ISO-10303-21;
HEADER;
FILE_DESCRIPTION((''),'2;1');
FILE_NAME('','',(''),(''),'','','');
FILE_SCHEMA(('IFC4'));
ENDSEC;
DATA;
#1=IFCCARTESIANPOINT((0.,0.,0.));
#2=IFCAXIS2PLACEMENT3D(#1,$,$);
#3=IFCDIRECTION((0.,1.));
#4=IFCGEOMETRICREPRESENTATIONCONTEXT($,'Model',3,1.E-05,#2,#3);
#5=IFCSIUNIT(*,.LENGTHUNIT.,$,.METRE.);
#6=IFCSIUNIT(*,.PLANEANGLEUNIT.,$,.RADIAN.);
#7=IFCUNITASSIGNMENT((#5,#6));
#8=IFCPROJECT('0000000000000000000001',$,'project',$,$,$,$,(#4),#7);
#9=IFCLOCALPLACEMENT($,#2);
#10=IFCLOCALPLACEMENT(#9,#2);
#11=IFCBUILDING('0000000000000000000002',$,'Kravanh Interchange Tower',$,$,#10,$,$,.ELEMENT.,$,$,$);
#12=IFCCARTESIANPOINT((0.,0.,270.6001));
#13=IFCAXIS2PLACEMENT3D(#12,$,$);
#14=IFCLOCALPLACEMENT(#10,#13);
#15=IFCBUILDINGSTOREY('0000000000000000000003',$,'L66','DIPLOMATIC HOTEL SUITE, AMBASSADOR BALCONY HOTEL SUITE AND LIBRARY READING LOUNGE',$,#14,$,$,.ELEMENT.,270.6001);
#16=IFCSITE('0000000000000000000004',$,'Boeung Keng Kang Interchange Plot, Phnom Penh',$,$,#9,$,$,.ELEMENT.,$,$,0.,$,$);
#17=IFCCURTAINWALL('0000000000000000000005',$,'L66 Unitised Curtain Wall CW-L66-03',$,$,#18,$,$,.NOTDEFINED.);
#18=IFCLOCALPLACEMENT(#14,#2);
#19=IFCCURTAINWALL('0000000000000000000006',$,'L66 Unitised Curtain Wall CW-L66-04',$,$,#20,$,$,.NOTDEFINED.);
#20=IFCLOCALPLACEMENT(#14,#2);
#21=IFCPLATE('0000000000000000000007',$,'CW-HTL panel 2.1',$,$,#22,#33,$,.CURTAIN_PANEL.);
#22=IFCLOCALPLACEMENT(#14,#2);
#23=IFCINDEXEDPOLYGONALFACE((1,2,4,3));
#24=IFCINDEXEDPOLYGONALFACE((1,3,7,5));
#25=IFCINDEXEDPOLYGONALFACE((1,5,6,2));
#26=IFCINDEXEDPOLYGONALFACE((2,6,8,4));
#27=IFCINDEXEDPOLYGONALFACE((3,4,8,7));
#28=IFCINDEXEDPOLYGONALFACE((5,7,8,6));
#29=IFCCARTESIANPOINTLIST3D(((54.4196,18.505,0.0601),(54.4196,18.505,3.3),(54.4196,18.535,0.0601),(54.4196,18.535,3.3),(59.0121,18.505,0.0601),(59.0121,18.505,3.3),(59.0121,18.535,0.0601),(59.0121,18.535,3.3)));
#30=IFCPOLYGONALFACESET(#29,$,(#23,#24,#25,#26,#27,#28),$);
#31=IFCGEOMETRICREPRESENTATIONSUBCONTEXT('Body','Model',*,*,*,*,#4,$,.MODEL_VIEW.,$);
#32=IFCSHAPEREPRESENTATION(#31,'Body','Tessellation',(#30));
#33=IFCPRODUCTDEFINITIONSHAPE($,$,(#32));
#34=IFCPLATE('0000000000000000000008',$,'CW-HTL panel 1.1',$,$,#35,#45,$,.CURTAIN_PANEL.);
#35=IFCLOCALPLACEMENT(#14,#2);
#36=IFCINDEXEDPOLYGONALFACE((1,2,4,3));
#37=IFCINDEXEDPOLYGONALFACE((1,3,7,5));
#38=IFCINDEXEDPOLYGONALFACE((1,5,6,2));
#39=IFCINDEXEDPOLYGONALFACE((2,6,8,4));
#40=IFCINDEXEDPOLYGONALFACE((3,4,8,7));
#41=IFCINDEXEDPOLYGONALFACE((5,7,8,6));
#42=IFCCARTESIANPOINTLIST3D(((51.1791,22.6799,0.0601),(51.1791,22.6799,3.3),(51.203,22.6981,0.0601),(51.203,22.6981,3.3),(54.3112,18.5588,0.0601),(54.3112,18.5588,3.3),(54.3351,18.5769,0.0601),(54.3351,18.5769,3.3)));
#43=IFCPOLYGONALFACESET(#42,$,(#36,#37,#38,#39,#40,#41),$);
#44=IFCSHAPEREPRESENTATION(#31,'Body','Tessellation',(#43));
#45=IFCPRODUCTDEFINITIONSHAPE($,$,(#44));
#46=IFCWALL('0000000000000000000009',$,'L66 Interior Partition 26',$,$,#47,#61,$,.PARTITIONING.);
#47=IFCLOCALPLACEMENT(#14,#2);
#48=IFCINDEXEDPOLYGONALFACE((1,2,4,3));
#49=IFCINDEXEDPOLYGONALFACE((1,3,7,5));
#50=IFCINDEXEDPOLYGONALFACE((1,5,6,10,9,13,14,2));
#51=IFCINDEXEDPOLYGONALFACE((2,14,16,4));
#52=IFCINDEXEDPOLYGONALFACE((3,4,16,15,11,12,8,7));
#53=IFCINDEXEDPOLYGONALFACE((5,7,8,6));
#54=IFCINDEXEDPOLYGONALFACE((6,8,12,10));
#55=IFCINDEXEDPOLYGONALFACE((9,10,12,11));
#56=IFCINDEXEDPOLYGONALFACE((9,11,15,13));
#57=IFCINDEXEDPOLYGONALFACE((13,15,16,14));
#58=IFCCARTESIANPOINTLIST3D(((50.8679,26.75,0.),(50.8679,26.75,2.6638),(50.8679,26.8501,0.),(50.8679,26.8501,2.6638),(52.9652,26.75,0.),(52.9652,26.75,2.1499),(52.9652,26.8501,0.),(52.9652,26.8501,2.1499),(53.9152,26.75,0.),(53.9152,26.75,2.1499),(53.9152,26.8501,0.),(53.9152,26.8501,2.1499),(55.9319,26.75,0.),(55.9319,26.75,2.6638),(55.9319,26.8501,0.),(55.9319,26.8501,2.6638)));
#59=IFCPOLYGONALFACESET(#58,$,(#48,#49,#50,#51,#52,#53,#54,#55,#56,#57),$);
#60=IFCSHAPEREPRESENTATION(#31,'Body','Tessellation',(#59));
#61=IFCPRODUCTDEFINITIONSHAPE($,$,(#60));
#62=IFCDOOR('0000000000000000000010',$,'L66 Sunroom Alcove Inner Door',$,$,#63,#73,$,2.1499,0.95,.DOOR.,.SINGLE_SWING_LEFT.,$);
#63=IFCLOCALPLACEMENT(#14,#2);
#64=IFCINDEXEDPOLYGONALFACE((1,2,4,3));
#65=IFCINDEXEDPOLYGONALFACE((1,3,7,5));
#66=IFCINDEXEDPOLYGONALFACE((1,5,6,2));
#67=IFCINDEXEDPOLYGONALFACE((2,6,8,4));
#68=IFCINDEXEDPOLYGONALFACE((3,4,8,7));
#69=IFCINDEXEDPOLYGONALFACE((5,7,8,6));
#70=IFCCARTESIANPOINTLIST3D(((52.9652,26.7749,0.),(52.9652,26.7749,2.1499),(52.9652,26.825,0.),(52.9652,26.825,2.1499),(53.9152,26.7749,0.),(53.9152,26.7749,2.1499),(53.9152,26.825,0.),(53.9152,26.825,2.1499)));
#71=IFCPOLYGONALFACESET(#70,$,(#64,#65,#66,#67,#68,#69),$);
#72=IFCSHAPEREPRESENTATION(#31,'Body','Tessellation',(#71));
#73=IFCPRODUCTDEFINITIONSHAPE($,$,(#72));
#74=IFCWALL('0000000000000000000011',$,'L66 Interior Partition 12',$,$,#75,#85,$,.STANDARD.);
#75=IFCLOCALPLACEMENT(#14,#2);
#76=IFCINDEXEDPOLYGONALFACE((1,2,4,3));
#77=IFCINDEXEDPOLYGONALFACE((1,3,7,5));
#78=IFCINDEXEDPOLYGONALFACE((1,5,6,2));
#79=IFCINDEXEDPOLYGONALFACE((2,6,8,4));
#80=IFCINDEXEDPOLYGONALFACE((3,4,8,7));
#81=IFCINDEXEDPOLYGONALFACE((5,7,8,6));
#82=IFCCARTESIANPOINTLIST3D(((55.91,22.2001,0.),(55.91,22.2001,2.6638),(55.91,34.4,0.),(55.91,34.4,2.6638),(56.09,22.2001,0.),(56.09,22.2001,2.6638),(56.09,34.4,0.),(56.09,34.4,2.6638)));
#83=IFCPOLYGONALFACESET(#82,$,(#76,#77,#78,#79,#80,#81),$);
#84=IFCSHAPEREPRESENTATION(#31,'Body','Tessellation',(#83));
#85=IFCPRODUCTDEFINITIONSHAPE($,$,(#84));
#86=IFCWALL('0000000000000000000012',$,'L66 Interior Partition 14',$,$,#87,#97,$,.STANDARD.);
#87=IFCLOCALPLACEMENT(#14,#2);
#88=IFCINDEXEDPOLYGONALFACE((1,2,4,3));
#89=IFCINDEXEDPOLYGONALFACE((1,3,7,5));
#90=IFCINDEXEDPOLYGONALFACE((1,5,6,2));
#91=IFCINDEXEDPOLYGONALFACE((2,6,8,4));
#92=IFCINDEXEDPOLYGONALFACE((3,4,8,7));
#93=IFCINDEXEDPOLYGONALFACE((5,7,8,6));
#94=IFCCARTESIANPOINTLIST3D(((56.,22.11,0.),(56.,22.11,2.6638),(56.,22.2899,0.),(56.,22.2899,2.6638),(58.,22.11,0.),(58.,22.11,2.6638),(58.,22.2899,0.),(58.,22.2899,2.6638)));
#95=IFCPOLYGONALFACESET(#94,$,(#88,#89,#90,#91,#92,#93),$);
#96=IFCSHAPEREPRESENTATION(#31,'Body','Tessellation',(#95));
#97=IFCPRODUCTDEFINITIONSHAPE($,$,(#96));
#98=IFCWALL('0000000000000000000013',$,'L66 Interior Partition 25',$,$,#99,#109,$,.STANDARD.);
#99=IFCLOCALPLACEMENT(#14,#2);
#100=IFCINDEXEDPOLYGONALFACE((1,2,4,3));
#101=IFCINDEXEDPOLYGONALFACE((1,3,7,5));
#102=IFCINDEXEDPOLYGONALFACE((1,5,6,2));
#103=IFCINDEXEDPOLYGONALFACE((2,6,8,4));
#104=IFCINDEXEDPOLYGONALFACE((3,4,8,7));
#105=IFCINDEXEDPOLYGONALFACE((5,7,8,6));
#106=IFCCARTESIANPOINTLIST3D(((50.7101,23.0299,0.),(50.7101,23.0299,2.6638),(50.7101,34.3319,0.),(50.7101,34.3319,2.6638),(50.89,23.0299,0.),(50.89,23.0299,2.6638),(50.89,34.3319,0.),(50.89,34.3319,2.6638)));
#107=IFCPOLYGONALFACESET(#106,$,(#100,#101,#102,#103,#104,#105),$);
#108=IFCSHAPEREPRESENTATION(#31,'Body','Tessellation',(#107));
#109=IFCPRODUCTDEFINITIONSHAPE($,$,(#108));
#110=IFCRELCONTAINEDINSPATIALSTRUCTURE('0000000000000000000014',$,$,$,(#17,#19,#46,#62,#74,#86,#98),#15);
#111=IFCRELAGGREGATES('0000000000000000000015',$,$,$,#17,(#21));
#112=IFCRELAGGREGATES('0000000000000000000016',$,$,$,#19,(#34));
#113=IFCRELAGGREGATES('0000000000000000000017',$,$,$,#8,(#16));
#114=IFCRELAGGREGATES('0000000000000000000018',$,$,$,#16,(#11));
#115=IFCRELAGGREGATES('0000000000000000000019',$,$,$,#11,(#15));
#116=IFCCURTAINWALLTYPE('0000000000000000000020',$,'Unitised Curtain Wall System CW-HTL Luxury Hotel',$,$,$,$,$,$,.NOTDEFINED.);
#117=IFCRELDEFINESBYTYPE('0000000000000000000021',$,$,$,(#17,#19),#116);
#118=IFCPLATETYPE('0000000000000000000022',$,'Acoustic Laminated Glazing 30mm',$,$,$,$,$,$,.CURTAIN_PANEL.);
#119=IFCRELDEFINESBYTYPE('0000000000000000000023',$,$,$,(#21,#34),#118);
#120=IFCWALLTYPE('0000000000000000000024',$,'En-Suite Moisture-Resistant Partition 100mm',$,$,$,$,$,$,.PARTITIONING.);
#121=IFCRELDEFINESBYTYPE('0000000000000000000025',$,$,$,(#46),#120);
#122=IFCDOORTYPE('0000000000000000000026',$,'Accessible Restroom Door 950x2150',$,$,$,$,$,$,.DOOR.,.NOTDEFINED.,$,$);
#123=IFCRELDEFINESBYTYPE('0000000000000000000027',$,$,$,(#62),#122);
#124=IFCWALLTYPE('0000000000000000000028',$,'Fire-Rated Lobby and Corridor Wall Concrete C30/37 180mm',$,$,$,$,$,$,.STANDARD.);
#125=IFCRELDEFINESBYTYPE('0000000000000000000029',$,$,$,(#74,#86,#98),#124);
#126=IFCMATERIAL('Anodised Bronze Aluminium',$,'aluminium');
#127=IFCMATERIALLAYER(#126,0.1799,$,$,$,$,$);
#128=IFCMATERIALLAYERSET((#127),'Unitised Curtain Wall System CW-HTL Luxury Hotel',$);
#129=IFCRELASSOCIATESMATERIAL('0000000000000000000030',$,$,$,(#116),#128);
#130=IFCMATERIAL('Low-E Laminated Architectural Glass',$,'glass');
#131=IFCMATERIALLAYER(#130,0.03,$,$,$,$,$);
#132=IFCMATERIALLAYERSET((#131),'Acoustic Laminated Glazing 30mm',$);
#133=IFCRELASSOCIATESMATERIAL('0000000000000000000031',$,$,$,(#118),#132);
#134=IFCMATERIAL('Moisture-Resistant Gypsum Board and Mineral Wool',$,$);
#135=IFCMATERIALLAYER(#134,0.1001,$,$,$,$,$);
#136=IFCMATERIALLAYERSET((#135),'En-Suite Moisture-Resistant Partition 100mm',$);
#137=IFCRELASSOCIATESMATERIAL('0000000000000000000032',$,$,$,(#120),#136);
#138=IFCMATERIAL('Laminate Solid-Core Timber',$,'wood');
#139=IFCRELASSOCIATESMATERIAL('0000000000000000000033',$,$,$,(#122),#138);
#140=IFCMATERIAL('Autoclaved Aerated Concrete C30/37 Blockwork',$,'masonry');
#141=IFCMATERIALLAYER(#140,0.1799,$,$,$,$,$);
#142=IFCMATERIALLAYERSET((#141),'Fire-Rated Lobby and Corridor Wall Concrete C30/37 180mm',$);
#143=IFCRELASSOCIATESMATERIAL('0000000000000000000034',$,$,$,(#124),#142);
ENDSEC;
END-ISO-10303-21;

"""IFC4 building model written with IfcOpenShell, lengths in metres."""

from ifc_helpers import new_model, si_unit, direction, frame, frame_2d, origin, origin_2d, place, context, subcontext, project, spatial, rectangle, extrude, material, layer, layer_set, type_object, element, fill, aggregate, save


model = new_model("IFC4")

# Units and contexts
model_context = context("Model", 3, precision=1e-05, world=origin(), true_north=direction((0.0, 1.0)))
body_context = subcontext(model_context, "Body", "Model", "MODEL_VIEW")
ifc_project = project(units=[si_unit("LENGTHUNIT", "METRE"), si_unit("PLANEANGLEUNIT", "RADIAN")], contexts=[model_context])

# Site, building, storey
site_placement = place(None, origin())
site = spatial("IfcSite", under=ifc_project, at=site_placement, Name="Boeung Keng Kang Interchange Plot, Phnom Penh", CompositionType="ELEMENT", RefElevation=0.0)
building_placement = place(site_placement, origin())
building = spatial("IfcBuilding", under=site, at=building_placement, Name="Kravanh Interchange Tower", CompositionType="ELEMENT")
storey_placement = place(building_placement, frame((0.0, 0.0, 270.6001)))
storey = spatial("IfcBuildingStorey", under=building, at=storey_placement, Name="L66", Description="DIPLOMATIC HOTEL SUITE, AMBASSADOR BALCONY HOTEL SUITE AND LIBRARY READING LOUNGE", CompositionType="ELEMENT", Elevation=270.6001)

# Curtain wall
ifc_material_1 = material(Name="Anodised Bronze Aluminium", Category="aluminium")
ifc_layer_1 = layer(ifc_material_1, 0.1799)
ifc_layer_set_1 = layer_set([ifc_layer_1], Name="Unitised Curtain Wall System CW-HTL Luxury Hotel")
curtain_wall_type = type_object("IfcCurtainWallType", Name="Unitised Curtain Wall System CW-HTL Luxury Hotel", PredefinedType="NOTDEFINED", material=ifc_layer_set_1)
curtain_wall_1_placement = place(storey_placement, origin())
curtain_wall_1 = element("IfcCurtainWall", 1, at=curtain_wall_1_placement, inside=storey, type_object=curtain_wall_type, Name="L66 Unitised Curtain Wall CW-L66-03", PredefinedType="NOTDEFINED")

# Curtain wall
curtain_wall_2_placement = place(storey_placement, origin())
curtain_wall_2 = element("IfcCurtainWall", 2, at=curtain_wall_2_placement, inside=storey, type_object=curtain_wall_type, Name="L66 Unitised Curtain Wall CW-L66-04", PredefinedType="NOTDEFINED")

# Plates
ifc_material_2 = material(Name="Low-E Laminated Architectural Glass", Category="glass")
ifc_layer_2 = layer(ifc_material_2, 0.03)
ifc_layer_set_2 = layer_set([ifc_layer_2], Name="Acoustic Laminated Glazing 30mm")
plate_type = type_object("IfcPlateType", Name="Acoustic Laminated Glazing 30mm", PredefinedType="CURTAIN_PANEL", material=ifc_layer_set_2)
plate_1_placement = place(storey_placement, frame((56.7158, 18.52, 0.0601), z_axis=(0.0, 0.0, 1.0), x_axis=(-1.0, 0.0, 0.0)))
plate_1 = element("IfcPlate", 3, at=plate_1_placement, type_object=plate_type, Name="CW-HTL panel 2.1", PredefinedType="CURTAIN_PANEL", context=body_context, shape_type="SweptSolid", body=[
    extrude(rectangle(XDim=4.5925, YDim=0.03, at=origin_2d()), origin(), (0.0, 0.0, 1.0), 3.24),
])
aggregate(curtain_wall_1, [plate_1])
plate_2_placement = place(storey_placement, frame((52.7571, 20.6284, 0.0601), z_axis=(0.0, 0.0, 1.0), x_axis=(-0.605083, 0.796162, 0.0)))
plate_2 = element("IfcPlate", 4, at=plate_2_placement, type_object=plate_type, Name="CW-HTL panel 1.1", PredefinedType="CURTAIN_PANEL", context=body_context, shape_type="SweptSolid", body=[
    extrude(rectangle(XDim=5.1763, YDim=0.03, at=origin_2d()), origin(), (0.0, 0.0, 1.0), 3.24),
])
aggregate(curtain_wall_2, [plate_2])

# Wall, opening, door
ifc_material_3 = material(Name="Moisture-Resistant Gypsum Board and Mineral Wool")
ifc_layer_3 = layer(ifc_material_3, 0.1001)
ifc_layer_set_3 = layer_set([ifc_layer_3], Name="En-Suite Moisture-Resistant Partition 100mm")
wall_type_1 = type_object("IfcWallType", Name="En-Suite Moisture-Resistant Partition 100mm", PredefinedType="PARTITIONING", material=ifc_layer_set_3)
wall_1_placement = place(storey_placement, frame((50.8679, 26.8, 0.0), z_axis=(0.0, 0.0, 1.0), x_axis=(1.0, 0.0, 0.0)))
wall_1 = element("IfcWall", 5, at=wall_1_placement, inside=storey, type_object=wall_type_1, Name="L66 Interior Partition 26", PredefinedType="PARTITIONING", context=body_context, shape_type="SweptSolid", body=[
    extrude(rectangle(XDim=5.064, YDim=0.1001, at=frame_2d((2.532, 0.0))), origin(), (0.0, 0.0, 1.0), 2.6638),
])
opening_placement = place(wall_1_placement, frame((2.0972, 0.0, 0.0)))
opening = element("IfcOpeningElement", 6, at=opening_placement, cuts=wall_1, PredefinedType="OPENING", context=body_context, shape_type="SweptSolid", body=[
    extrude(rectangle(XDim=0.95, YDim=2.1499, at=frame_2d((0.4751, 1.075))), frame((0.0, 0.0601, 0.0), z_axis=(0.0, -1.0, 0.0), x_axis=(1.0, 0.0, 0.0)), (0.0, 0.0, 1.0), 0.1201),
])
ifc_material_4 = material(Name="Laminate Solid-Core Timber", Category="wood")
door_type = type_object("IfcDoorType", Name="Accessible Restroom Door 950x2150", OperationType="NOTDEFINED", PredefinedType="DOOR", material=ifc_material_4)
door_placement = place(opening_placement, origin())
door = element("IfcDoor", 7, at=door_placement, inside=storey, type_object=door_type, Name="L66 Sunroom Alcove Inner Door", OperationType="SINGLE_SWING_LEFT", OverallHeight=2.1499, OverallWidth=0.95, PredefinedType="DOOR", context=body_context, shape_type="SweptSolid", body=[
    extrude(rectangle(XDim=0.95, YDim=2.1499, at=frame_2d((0.4751, 1.075))), frame((0.0, 0.0249, 0.0), z_axis=(0.0, -1.0, 0.0), x_axis=(1.0, 0.0, 0.0)), (0.0, 0.0, 1.0), 0.05),
])
fill(opening, door)

# Walls
ifc_material_5 = material(Name="Autoclaved Aerated Concrete C30/37 Blockwork", Category="masonry")
ifc_layer_4 = layer(ifc_material_5, 0.1799)
ifc_layer_set_4 = layer_set([ifc_layer_4], Name="Fire-Rated Lobby and Corridor Wall Concrete C30/37 180mm")
wall_type_2 = type_object("IfcWallType", Name="Fire-Rated Lobby and Corridor Wall Concrete C30/37 180mm", PredefinedType="STANDARD", material=ifc_layer_set_4)
wall_2_placement = place(storey_placement, frame((56.0, 22.2, 0.0), z_axis=(0.0, 0.0, 1.0), x_axis=(0.0, 1.0, 0.0)))
element("IfcWall", 8, at=wall_2_placement, inside=storey, type_object=wall_type_2, Name="L66 Interior Partition 12", PredefinedType="STANDARD", context=body_context, shape_type="SweptSolid", body=[
    extrude(rectangle(XDim=12.2, YDim=0.1799, at=frame_2d((6.1001, 0.0))), origin(), (0.0, 0.0, 1.0), 2.6638),
])
wall_3_placement = place(storey_placement, frame((56.0, 22.2, 0.0), z_axis=(0.0, 0.0, 1.0), x_axis=(1.0, 0.0, 0.0)))
element("IfcWall", 9, at=wall_3_placement, inside=storey, type_object=wall_type_2, Name="L66 Interior Partition 14", PredefinedType="STANDARD", context=body_context, shape_type="SweptSolid", body=[
    extrude(rectangle(XDim=2.0, YDim=0.1799, at=frame_2d((1.0, 0.0))), origin(), (0.0, 0.0, 1.0), 2.6638),
])
wall_4_placement = place(storey_placement, frame((50.8, 23.03, 0.0), z_axis=(0.0, 0.0, 1.0), x_axis=(0.0, 1.0, 0.0)))
element("IfcWall", 10, at=wall_4_placement, inside=storey, type_object=wall_type_2, Name="L66 Interior Partition 25", PredefinedType="STANDARD", context=body_context, shape_type="SweptSolid", body=[
    extrude(rectangle(XDim=11.302, YDim=0.1799, at=frame_2d((5.6509, 0.0))), origin(), (0.0, 0.0, 1.0), 2.6638),
])

save(model, "model.ifc")
